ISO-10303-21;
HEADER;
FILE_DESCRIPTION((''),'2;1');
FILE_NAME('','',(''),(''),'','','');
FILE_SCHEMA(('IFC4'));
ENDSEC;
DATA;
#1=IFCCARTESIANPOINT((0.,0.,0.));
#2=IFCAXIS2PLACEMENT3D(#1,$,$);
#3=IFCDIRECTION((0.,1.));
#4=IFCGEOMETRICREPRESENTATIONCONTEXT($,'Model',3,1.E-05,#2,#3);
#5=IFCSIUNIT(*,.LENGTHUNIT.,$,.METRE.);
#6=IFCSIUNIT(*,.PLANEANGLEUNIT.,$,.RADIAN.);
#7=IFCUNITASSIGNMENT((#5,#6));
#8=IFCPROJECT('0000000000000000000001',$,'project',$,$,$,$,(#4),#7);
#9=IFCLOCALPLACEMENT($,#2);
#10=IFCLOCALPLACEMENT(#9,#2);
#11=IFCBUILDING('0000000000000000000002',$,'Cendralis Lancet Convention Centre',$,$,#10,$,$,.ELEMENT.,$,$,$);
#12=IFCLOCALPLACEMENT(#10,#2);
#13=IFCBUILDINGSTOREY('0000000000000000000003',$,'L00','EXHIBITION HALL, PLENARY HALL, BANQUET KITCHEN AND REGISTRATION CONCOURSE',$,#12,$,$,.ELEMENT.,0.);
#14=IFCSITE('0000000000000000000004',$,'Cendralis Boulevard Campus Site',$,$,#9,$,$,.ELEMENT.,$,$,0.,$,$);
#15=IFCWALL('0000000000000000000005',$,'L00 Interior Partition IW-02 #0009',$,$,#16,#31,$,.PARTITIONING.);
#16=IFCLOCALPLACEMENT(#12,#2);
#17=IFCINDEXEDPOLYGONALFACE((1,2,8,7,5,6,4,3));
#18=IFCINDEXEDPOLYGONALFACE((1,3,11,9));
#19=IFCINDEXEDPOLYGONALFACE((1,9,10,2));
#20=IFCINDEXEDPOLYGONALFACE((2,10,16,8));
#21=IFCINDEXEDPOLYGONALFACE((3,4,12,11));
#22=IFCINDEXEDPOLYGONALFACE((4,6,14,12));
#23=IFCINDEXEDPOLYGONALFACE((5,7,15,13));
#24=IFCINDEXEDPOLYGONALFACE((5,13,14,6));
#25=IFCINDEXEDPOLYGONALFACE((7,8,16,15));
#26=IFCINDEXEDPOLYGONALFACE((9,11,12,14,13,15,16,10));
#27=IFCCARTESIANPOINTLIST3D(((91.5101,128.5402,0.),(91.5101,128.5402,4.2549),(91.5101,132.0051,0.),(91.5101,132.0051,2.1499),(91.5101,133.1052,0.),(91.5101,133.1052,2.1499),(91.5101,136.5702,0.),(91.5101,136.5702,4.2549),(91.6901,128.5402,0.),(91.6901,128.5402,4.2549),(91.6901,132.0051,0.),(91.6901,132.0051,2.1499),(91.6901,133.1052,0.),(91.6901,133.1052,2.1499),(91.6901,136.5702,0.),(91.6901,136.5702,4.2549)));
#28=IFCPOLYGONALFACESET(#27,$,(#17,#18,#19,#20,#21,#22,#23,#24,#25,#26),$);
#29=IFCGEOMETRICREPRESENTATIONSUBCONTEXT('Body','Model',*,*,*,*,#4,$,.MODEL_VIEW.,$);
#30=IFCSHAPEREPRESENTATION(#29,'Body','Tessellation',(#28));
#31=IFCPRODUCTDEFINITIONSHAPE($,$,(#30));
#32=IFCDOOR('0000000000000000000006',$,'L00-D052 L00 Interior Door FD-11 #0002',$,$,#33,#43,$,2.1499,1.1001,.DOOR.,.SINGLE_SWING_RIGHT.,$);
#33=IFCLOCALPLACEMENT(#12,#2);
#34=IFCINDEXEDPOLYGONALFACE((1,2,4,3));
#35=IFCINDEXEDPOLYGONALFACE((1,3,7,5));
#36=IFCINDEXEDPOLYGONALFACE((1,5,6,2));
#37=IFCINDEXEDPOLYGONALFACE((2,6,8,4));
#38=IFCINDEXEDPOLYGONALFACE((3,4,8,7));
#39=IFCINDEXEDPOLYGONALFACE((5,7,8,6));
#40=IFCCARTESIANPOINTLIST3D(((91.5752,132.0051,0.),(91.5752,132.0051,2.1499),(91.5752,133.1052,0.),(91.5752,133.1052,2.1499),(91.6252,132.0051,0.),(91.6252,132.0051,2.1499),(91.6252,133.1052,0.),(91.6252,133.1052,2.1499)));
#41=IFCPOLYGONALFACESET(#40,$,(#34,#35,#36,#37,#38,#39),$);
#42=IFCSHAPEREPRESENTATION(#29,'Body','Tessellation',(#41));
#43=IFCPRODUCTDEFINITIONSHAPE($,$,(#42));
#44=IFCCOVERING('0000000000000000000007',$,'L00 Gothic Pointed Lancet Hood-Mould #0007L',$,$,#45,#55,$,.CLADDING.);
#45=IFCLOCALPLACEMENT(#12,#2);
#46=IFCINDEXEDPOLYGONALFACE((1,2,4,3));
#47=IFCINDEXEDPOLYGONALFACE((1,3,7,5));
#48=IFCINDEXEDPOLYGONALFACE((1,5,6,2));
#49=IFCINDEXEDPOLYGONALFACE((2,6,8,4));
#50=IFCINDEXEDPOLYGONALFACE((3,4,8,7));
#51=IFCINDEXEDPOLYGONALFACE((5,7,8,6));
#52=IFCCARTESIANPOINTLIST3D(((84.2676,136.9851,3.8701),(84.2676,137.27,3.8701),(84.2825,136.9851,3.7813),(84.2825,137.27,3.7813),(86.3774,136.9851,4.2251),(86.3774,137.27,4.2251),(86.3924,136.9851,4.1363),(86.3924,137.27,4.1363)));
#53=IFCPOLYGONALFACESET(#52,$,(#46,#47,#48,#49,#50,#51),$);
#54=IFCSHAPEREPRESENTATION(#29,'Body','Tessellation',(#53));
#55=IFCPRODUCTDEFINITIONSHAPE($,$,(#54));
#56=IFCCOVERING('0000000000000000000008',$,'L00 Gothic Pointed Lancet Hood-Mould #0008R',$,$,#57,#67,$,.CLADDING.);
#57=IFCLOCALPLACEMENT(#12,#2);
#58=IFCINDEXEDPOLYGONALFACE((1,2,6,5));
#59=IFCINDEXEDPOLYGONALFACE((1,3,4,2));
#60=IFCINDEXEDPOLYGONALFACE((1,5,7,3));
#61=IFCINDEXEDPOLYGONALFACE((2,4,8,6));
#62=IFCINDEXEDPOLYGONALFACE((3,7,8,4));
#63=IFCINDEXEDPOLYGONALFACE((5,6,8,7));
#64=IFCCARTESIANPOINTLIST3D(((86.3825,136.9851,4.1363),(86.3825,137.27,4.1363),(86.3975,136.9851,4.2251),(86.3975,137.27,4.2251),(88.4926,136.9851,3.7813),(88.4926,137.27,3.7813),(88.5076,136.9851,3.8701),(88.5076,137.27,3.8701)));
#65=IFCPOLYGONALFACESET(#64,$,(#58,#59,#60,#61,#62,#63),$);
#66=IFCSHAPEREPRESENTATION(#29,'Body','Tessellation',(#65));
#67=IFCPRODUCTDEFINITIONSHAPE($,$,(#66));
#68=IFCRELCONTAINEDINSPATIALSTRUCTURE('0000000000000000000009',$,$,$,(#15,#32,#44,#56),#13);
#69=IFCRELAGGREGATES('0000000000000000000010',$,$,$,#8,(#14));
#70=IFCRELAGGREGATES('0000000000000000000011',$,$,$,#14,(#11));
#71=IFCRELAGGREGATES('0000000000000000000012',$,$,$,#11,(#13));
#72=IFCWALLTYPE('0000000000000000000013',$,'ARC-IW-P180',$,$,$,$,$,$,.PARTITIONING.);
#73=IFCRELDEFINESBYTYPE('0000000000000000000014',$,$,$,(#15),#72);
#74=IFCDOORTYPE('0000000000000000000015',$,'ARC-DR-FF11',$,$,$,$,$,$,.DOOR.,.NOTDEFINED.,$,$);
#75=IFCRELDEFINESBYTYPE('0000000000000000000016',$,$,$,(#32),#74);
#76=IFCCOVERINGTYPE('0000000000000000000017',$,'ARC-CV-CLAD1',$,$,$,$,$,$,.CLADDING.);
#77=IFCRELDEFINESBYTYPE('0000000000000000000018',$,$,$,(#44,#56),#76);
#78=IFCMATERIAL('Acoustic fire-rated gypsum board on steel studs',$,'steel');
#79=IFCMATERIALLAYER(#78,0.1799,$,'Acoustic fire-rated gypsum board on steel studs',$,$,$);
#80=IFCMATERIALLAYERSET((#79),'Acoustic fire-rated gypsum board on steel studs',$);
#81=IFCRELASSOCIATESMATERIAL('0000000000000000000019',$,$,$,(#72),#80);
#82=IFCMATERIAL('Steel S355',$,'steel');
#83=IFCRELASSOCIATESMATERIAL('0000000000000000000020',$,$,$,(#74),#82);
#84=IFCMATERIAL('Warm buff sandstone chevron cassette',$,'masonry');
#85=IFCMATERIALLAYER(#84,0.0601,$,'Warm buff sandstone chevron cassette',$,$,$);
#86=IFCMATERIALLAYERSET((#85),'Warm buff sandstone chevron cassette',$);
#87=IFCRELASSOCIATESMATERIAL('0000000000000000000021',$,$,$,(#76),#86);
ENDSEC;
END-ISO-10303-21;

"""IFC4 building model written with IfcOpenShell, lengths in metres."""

from ifc_helpers import new_model, si_unit, direction, frame, frame_2d, origin, place, context, subcontext, project, spatial, polyline, rectangle, outline, extrude, material, layer, layer_set, type_object, element, fill, save


model = new_model("IFC4")

# Units and contexts
model_context = context("Model", 3, precision=1e-05, world=origin(), true_north=direction((0.0, 1.0)))
body_context = subcontext(model_context, "Body", "Model", "MODEL_VIEW")
ifc_project = project(units=[si_unit("LENGTHUNIT", "METRE"), si_unit("PLANEANGLEUNIT", "RADIAN")], contexts=[model_context])

# Site, building, storey
site_placement = place(None, origin())
site = spatial("IfcSite", under=ifc_project, at=site_placement, Name="Cendralis Boulevard Campus Site", CompositionType="ELEMENT", RefElevation=0.0)
building_placement = place(site_placement, origin())
building = spatial("IfcBuilding", under=site, at=building_placement, Name="Cendralis Lancet Convention Centre", CompositionType="ELEMENT")
storey_placement = place(building_placement, origin())
storey = spatial("IfcBuildingStorey", under=building, at=storey_placement, Name="L00", Description="EXHIBITION HALL, PLENARY HALL, BANQUET KITCHEN AND REGISTRATION CONCOURSE", CompositionType="ELEMENT", Elevation=0.0)

# Wall, opening, door
ifc_material_1 = material(Name="Acoustic fire-rated gypsum board on steel studs", Category="steel")
ifc_layer_1 = layer(ifc_material_1, 0.1799, Name="Acoustic fire-rated gypsum board on steel studs")
ifc_layer_set_1 = layer_set([ifc_layer_1], Name="Acoustic fire-rated gypsum board on steel studs")
wall_type_1 = type_object("IfcWallType", Name="ARC-IW-P180", PredefinedType="PARTITIONING", material=ifc_layer_set_1)
wall_1_placement = place(storey_placement, frame((91.6001, 128.54, 0.0), z_axis=(0.0, 0.0, 1.0), x_axis=(0.0, 1.0, 0.0)))
wall_1 = element("IfcWall", 1, at=wall_1_placement, inside=storey, type_object=wall_type_1, Name="L00 Interior Partition IW-02 #0009", PredefinedType="PARTITIONING", context=body_context, shape_type="SweptSolid", body=[
    extrude(rectangle(XDim=8.03, YDim=0.1799, at=frame_2d((4.0151, 0.0))), origin(), (0.0, 0.0, 1.0), 4.2549),
])
opening_1_placement = place(wall_1_placement, frame((3.4651, 0.0, 0.0)))
opening_1 = element("IfcOpeningElement", 2, at=opening_1_placement, cuts=wall_1, PredefinedType="OPENING", context=body_context, shape_type="SweptSolid", body=[
    extrude(rectangle(XDim=1.1001, YDim=2.1499, at=frame_2d((0.55, 1.075))), frame((0.0, 0.0999, 0.0), z_axis=(0.0, -1.0, 0.0), x_axis=(1.0, 0.0, 0.0)), (0.0, 0.0, 1.0), 0.2),
])
ifc_material_2 = material(Name="Steel S355", Category="steel")
door_type = type_object("IfcDoorType", Name="ARC-DR-FF11", OperationType="NOTDEFINED", PredefinedType="DOOR", material=ifc_material_2)
door_placement = place(opening_1_placement, origin())
door = element("IfcDoor", 3, at=door_placement, inside=storey, type_object=door_type, Name="L00-D052 L00 Interior Door FD-11 #0002", OperationType="SINGLE_SWING_RIGHT", OverallHeight=2.1499, OverallWidth=1.1001, PredefinedType="DOOR", context=body_context, shape_type="SweptSolid", body=[
    extrude(rectangle(XDim=1.1001, YDim=2.1499, at=frame_2d((0.55, 1.075))), frame((0.0, 0.0249, 0.0), z_axis=(0.0, -1.0, 0.0), x_axis=(1.0, 0.0, 0.0)), (0.0, 0.0, 1.0), 0.05),
])
fill(opening_1, door)

# Coverings
ifc_material_3 = material(Name="Warm buff sandstone chevron cassette", Category="masonry")
ifc_layer_2 = layer(ifc_material_3, 0.0601, Name="Warm buff sandstone chevron cassette")
ifc_layer_set_2 = layer_set([ifc_layer_2], Name="Warm buff sandstone chevron cassette")
covering_type = type_object("IfcCoveringType", Name="ARC-CV-CLAD1", PredefinedType="CLADDING", material=ifc_layer_set_2)
covering_1_placement = place(storey_placement, frame((84.2676, 137.27, 3.8701), z_axis=(-0.165916, 0.0, 0.98614), x_axis=(0.0, -1.0, 0.0)))
element("IfcCovering", 4, at=covering_1_placement, inside=storey, type_object=covering_type, Name="L00 Gothic Pointed Lancet Hood-Mould #0007L", PredefinedType="CLADDING", context=body_context, shape_type="SweptSolid", body=[
    extrude(outline(polyline([(0.0, 0.0), (0.2849, 0.0), (0.2849, 2.1395), (0.0, 2.1395), (0.0, 0.0)])), origin(), (0.0, 0.0, -1.0), 0.0901),
])
covering_2_placement = place(storey_placement, frame((86.3975, 137.27, 4.2251), z_axis=(0.165897, 0.0, 0.986143), x_axis=(0.0, -1.0, 0.0)))
element("IfcCovering", 5, at=covering_2_placement, inside=storey, type_object=covering_type, Name="L00 Gothic Pointed Lancet Hood-Mould #0008R", PredefinedType="CLADDING", context=body_context, shape_type="SweptSolid", body=[
    extrude(outline(polyline([(0.0, 0.0), (0.2849, 0.0), (0.2849, 2.1398), (0.0, 2.1398), (0.0, 0.0)])), origin(), (0.0, 0.0, -1.0), 0.0901),
])

save(model, "model.ifc")
